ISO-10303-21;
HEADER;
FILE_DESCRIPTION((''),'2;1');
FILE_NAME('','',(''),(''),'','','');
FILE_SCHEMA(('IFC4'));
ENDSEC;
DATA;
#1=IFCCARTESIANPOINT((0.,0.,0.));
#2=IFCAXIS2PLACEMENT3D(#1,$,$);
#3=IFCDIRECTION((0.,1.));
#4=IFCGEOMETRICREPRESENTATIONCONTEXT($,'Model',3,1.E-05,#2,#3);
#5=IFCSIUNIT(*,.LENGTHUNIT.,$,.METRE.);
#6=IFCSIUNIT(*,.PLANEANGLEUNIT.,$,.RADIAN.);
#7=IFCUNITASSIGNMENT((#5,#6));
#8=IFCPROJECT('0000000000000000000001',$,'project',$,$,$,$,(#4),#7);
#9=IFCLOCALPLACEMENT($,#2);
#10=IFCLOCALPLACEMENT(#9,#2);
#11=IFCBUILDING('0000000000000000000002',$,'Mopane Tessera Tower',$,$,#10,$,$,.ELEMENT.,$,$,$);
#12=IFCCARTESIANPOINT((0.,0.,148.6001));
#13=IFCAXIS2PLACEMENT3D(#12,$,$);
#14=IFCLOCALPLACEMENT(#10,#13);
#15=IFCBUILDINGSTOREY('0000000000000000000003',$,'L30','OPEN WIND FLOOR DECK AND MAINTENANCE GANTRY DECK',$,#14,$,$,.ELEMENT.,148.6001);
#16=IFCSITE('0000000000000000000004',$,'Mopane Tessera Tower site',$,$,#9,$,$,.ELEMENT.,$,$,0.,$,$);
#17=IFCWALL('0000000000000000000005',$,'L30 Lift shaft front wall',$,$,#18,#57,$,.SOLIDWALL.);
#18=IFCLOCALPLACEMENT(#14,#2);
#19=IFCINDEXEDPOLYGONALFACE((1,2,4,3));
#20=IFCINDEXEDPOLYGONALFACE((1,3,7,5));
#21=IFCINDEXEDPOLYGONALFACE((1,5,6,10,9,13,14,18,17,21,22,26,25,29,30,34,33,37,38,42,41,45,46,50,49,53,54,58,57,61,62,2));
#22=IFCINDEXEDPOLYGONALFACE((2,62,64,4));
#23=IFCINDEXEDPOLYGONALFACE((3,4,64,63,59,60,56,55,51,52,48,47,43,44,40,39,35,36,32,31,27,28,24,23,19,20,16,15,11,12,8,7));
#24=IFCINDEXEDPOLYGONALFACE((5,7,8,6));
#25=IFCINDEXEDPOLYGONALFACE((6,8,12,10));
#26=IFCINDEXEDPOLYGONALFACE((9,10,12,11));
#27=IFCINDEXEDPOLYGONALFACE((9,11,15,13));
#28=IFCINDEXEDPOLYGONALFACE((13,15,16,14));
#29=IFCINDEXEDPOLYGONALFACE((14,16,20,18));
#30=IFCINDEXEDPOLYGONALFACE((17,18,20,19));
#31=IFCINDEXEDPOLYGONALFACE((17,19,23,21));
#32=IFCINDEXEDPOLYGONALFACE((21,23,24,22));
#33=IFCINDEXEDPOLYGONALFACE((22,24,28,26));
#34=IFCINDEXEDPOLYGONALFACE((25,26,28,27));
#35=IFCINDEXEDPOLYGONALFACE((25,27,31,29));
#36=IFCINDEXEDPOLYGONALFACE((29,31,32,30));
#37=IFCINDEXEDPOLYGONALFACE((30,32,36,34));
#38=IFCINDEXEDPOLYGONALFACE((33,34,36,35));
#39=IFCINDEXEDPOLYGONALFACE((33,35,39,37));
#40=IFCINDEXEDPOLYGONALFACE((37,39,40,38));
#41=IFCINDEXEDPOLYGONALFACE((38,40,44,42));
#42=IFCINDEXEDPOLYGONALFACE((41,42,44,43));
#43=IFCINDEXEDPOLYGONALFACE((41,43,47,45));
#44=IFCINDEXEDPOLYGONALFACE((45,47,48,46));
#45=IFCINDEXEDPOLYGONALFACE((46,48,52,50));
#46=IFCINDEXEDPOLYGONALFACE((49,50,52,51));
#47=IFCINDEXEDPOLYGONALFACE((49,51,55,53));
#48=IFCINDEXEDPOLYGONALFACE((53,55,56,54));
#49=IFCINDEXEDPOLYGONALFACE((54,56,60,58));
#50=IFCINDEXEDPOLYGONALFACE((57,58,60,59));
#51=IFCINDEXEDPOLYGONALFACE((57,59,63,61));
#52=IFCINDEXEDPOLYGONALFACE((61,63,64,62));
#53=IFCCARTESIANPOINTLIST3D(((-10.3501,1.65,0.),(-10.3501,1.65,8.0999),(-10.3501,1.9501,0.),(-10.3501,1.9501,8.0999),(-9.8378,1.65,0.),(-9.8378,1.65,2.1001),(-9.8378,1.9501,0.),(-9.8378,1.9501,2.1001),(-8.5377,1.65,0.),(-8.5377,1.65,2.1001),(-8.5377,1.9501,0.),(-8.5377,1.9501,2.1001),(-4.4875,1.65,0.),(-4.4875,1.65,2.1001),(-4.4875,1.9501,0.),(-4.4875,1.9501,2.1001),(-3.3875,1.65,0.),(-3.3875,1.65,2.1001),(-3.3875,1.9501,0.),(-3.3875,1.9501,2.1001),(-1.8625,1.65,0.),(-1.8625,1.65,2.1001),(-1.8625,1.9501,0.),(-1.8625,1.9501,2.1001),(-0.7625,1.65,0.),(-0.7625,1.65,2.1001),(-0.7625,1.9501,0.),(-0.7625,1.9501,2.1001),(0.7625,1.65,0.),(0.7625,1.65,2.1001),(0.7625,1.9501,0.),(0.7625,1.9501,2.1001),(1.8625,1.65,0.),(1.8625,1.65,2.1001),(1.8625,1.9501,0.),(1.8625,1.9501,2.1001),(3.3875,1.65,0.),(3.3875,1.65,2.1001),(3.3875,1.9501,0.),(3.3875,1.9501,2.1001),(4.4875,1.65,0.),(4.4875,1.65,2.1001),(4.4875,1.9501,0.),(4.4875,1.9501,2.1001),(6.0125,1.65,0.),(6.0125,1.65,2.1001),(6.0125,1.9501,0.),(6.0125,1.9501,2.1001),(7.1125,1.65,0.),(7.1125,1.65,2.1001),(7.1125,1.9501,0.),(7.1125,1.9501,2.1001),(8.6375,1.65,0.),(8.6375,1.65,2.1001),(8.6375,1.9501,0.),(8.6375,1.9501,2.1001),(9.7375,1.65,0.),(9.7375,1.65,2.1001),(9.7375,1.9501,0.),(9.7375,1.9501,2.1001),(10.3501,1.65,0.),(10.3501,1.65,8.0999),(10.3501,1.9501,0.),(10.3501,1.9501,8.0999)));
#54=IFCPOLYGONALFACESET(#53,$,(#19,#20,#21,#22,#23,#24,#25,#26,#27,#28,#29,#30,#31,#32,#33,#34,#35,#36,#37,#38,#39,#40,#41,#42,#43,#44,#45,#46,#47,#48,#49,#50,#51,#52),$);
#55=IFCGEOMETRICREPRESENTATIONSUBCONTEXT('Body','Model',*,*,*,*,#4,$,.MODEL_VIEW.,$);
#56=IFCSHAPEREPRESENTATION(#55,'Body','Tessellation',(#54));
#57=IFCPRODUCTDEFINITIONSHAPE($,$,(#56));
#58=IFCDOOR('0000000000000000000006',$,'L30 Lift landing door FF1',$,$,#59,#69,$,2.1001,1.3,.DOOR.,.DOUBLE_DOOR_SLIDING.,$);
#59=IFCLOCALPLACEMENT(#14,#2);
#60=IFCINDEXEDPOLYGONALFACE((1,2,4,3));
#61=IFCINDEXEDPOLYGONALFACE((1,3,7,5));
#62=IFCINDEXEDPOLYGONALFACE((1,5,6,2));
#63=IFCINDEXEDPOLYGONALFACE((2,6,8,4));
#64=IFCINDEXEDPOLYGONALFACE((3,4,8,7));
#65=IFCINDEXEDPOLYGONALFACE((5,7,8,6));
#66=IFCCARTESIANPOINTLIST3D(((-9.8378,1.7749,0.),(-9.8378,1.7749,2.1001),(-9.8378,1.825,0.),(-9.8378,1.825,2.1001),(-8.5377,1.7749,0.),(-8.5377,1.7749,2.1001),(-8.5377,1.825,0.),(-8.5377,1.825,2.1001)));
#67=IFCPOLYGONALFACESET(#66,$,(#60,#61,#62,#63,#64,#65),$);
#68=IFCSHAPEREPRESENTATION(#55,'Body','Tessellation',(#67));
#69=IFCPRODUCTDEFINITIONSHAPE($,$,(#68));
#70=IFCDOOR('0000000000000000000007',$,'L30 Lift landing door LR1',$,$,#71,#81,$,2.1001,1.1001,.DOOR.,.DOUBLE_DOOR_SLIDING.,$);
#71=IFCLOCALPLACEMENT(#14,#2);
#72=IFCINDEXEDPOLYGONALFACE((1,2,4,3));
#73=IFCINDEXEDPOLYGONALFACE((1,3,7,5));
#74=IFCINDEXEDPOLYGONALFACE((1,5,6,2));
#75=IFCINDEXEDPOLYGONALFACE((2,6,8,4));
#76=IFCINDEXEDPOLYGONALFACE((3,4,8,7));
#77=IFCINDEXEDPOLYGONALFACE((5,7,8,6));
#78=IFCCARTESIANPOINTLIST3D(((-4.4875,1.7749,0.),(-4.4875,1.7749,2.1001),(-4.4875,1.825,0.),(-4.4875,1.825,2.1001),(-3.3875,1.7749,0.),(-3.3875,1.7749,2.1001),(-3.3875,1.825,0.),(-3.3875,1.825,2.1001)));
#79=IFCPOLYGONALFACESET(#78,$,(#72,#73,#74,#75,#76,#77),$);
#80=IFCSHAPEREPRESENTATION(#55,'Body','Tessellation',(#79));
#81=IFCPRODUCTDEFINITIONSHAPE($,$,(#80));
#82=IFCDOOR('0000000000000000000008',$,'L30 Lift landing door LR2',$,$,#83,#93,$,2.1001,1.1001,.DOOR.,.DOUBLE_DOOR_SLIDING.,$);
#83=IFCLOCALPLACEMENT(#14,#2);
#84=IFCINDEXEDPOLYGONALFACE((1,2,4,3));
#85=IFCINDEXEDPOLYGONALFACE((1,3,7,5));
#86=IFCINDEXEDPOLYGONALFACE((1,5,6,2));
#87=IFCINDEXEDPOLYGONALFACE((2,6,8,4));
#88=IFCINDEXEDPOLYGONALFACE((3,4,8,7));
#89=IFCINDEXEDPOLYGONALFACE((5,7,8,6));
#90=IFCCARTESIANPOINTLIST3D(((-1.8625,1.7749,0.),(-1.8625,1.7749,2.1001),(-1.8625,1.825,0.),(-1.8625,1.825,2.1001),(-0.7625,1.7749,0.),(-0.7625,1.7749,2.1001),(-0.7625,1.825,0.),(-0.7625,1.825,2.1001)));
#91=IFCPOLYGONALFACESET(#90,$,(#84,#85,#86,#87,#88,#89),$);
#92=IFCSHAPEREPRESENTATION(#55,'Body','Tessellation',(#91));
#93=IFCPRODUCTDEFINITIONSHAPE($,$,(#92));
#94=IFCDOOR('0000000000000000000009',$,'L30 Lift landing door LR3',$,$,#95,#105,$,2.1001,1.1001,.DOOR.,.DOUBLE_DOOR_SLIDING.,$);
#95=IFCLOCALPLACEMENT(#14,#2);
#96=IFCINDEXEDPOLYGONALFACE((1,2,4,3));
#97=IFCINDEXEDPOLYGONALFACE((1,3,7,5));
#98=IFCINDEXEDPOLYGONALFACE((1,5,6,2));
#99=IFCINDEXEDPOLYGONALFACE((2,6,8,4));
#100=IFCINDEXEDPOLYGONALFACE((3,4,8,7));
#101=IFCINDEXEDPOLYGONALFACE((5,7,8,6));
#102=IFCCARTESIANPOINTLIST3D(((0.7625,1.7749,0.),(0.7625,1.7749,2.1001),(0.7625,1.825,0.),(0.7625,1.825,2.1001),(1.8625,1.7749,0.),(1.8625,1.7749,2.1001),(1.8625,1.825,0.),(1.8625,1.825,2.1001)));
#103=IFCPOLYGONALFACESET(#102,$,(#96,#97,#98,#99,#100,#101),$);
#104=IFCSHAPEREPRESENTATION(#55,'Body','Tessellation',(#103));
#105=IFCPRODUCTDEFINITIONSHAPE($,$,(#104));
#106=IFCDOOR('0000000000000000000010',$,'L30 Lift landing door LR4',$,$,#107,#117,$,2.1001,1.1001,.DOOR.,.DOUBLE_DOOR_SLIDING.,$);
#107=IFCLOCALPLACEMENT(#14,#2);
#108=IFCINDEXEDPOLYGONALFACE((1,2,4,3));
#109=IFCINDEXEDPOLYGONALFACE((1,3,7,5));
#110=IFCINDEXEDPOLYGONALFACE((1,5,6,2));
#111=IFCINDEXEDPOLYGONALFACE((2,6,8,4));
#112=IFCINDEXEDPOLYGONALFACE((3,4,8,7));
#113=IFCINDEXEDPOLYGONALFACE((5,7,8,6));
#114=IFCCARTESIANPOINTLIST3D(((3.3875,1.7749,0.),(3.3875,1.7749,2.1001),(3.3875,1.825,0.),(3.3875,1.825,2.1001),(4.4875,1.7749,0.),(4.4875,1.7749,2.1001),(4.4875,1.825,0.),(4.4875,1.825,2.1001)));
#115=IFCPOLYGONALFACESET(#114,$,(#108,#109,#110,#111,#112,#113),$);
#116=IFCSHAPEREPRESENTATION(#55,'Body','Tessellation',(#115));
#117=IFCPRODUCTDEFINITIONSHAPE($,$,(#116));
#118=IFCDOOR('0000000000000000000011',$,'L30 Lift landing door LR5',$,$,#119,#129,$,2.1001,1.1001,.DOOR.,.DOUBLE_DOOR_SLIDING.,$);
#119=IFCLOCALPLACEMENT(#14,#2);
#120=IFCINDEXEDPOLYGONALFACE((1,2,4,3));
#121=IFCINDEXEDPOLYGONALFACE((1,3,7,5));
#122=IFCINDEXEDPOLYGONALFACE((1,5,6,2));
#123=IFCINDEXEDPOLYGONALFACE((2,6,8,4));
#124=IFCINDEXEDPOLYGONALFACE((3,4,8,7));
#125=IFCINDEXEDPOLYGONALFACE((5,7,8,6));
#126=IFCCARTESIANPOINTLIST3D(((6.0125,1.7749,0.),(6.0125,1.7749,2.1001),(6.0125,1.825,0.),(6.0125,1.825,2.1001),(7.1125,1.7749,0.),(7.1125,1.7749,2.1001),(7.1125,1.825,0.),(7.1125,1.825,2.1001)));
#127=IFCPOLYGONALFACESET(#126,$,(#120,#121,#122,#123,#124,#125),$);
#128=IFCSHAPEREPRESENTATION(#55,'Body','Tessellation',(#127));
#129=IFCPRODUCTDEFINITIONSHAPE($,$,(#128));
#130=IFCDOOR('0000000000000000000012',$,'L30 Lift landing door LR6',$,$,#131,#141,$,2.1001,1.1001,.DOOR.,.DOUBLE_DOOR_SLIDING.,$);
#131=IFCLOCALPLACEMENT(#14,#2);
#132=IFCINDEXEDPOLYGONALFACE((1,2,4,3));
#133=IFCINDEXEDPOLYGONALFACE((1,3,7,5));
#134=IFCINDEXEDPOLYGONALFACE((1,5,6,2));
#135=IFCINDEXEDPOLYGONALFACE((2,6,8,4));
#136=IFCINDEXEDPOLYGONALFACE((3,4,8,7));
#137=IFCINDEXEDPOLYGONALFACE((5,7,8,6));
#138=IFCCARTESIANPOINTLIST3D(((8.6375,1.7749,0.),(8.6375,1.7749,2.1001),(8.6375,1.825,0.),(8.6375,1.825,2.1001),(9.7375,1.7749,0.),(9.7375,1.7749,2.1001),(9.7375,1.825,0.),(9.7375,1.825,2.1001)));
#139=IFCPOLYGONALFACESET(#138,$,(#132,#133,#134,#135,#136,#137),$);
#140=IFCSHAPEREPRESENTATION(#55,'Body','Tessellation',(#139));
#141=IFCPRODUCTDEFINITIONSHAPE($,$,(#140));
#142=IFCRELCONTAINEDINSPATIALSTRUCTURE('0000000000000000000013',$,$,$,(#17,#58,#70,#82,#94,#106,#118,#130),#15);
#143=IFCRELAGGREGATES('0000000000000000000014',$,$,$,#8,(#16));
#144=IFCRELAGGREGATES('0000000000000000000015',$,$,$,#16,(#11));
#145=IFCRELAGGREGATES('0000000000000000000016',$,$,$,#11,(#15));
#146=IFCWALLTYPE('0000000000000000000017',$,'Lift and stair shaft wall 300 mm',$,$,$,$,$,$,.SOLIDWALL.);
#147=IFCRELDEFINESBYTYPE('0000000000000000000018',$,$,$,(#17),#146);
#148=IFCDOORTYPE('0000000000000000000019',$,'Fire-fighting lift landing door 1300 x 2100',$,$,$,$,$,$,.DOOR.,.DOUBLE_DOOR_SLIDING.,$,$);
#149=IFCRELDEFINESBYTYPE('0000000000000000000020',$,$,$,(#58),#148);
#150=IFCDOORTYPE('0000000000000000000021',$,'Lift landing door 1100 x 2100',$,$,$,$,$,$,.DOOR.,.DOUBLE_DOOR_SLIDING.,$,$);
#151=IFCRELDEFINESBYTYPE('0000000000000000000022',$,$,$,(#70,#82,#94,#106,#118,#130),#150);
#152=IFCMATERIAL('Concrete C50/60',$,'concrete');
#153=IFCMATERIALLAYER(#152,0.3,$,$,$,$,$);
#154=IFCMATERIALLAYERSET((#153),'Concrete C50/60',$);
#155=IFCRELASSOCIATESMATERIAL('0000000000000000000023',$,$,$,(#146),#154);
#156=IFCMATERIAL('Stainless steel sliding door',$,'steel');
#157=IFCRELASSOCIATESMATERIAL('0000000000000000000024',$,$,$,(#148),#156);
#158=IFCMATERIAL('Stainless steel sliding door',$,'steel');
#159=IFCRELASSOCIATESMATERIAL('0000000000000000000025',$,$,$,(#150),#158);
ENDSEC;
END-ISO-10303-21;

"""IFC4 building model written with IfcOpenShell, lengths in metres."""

from ifc_helpers import new_model, si_unit, direction, frame, frame_2d, origin, place, context, subcontext, project, spatial, rectangle, extrude, material, layer, layer_set, type_object, element, fill, save


model = new_model("IFC4")

# Units and contexts
model_context = context("Model", 3, precision=1e-05, world=origin(), true_north=direction((0.0, 1.0)))
body_context = subcontext(model_context, "Body", "Model", "MODEL_VIEW")
ifc_project = project(units=[si_unit("LENGTHUNIT", "METRE"), si_unit("PLANEANGLEUNIT", "RADIAN")], contexts=[model_context])

# Site, building, storey
site_placement = place(None, origin())
site = spatial("IfcSite", under=ifc_project, at=site_placement, Name="Mopane Tessera Tower site", CompositionType="ELEMENT", RefElevation=0.0)
building_placement = place(site_placement, origin())
building = spatial("IfcBuilding", under=site, at=building_placement, Name="Mopane Tessera Tower", CompositionType="ELEMENT")
storey_placement = place(building_placement, frame((0.0, 0.0, 148.6001)))
storey = spatial("IfcBuildingStorey", under=building, at=storey_placement, Name="L30", Description="OPEN WIND FLOOR DECK AND MAINTENANCE GANTRY DECK", CompositionType="ELEMENT", Elevation=148.6001)

# Wall, openings, doors
ifc_material_1 = material(Name="Concrete C50/60", Category="concrete")
ifc_layer_1 = layer(ifc_material_1, 0.3)
ifc_layer_set_1 = layer_set([ifc_layer_1], Name="Concrete C50/60")
wall_type_1 = type_object("IfcWallType", Name="Lift and stair shaft wall 300 mm", PredefinedType="SOLIDWALL", material=ifc_layer_set_1)
wall_1_placement = place(storey_placement, frame((-10.3501, 1.8, 0.0), z_axis=(0.0, 0.0, 1.0), x_axis=(1.0, 0.0, 0.0)))
wall_1 = element("IfcWall", 1, at=wall_1_placement, inside=storey, type_object=wall_type_1, Name="L30 Lift shaft front wall", PredefinedType="SOLIDWALL", context=body_context, shape_type="SweptSolid", body=[
    extrude(rectangle(XDim=20.7002, YDim=0.3, at=frame_2d((10.3501, 0.0))), origin(), (0.0, 0.0, 1.0), 8.0999),
])
opening_1_placement = place(wall_1_placement, frame((0.5125, 0.0, 0.0)))
opening_1 = element("IfcOpeningElement", 2, at=opening_1_placement, cuts=wall_1, PredefinedType="OPENING", context=body_context, shape_type="SweptSolid", body=[
    extrude(rectangle(XDim=1.3, YDim=2.1001, at=frame_2d((0.6499, 1.05))), frame((0.0, 0.1621, 0.0), z_axis=(0.0, -1.0, 0.0), x_axis=(1.0, 0.0, 0.0)), (0.0, 0.0, 1.0), 0.324),
])
opening_2_placement = place(wall_1_placement, frame((5.8625, 0.0, 0.0)))
opening_2 = element("IfcOpeningElement", 3, at=opening_2_placement, cuts=wall_1, PredefinedType="OPENING", context=body_context, shape_type="SweptSolid", body=[
    extrude(rectangle(XDim=1.1001, YDim=2.1001, at=frame_2d((0.55, 1.05))), frame((0.0, 0.1621, 0.0), z_axis=(0.0, -1.0, 0.0), x_axis=(1.0, 0.0, 0.0)), (0.0, 0.0, 1.0), 0.324),
])
opening_3_placement = place(wall_1_placement, frame((8.4875, 0.0, 0.0)))
opening_3 = element("IfcOpeningElement", 4, at=opening_3_placement, cuts=wall_1, PredefinedType="OPENING", context=body_context, shape_type="SweptSolid", body=[
    extrude(rectangle(XDim=1.1001, YDim=2.1001, at=frame_2d((0.55, 1.05))), frame((0.0, 0.1621, 0.0), z_axis=(0.0, -1.0, 0.0), x_axis=(1.0, 0.0, 0.0)), (0.0, 0.0, 1.0), 0.324),
])
opening_4_placement = place(wall_1_placement, frame((11.1125, 0.0, 0.0)))
opening_4 = element("IfcOpeningElement", 5, at=opening_4_placement, cuts=wall_1, PredefinedType="OPENING", context=body_context, shape_type="SweptSolid", body=[
    extrude(rectangle(XDim=1.1001, YDim=2.1001, at=frame_2d((0.55, 1.05))), frame((0.0, 0.1621, 0.0), z_axis=(0.0, -1.0, 0.0), x_axis=(1.0, 0.0, 0.0)), (0.0, 0.0, 1.0), 0.324),
])
opening_5_placement = place(wall_1_placement, frame((13.7375, 0.0, 0.0)))
opening_5 = element("IfcOpeningElement", 6, at=opening_5_placement, cuts=wall_1, PredefinedType="OPENING", context=body_context, shape_type="SweptSolid", body=[
    extrude(rectangle(XDim=1.1001, YDim=2.1001, at=frame_2d((0.55, 1.05))), frame((0.0, 0.1621, 0.0), z_axis=(0.0, -1.0, 0.0), x_axis=(1.0, 0.0, 0.0)), (0.0, 0.0, 1.0), 0.324),
])
opening_6_placement = place(wall_1_placement, frame((16.3625, 0.0, 0.0)))
opening_6 = element("IfcOpeningElement", 7, at=opening_6_placement, cuts=wall_1, PredefinedType="OPENING", context=body_context, shape_type="SweptSolid", body=[
    extrude(rectangle(XDim=1.1001, YDim=2.1001, at=frame_2d((0.55, 1.05))), frame((0.0, 0.1621, 0.0), z_axis=(0.0, -1.0, 0.0), x_axis=(1.0, 0.0, 0.0)), (0.0, 0.0, 1.0), 0.324),
])
opening_7_placement = place(wall_1_placement, frame((18.9875, 0.0, 0.0)))
opening_7 = element("IfcOpeningElement", 8, at=opening_7_placement, cuts=wall_1, PredefinedType="OPENING", context=body_context, shape_type="SweptSolid", body=[
    extrude(rectangle(XDim=1.1001, YDim=2.1001, at=frame_2d((0.55, 1.05))), frame((0.0, 0.1621, 0.0), z_axis=(0.0, -1.0, 0.0), x_axis=(1.0, 0.0, 0.0)), (0.0, 0.0, 1.0), 0.324),
])
ifc_material_2 = material(Name="Stainless steel sliding door", Category="steel")
door_type_1 = type_object("IfcDoorType", Name="Fire-fighting lift landing door 1300 x 2100", OperationType="DOUBLE_DOOR_SLIDING", PredefinedType="DOOR", material=ifc_material_2)
door_1_placement = place(opening_1_placement, origin())
door_1 = element("IfcDoor", 9, at=door_1_placement, inside=storey, type_object=door_type_1, Name="L30 Lift landing door FF1", OperationType="DOUBLE_DOOR_SLIDING", OverallHeight=2.1001, OverallWidth=1.3, PredefinedType="DOOR", context=body_context, shape_type="SweptSolid", body=[
    extrude(rectangle(XDim=1.3, YDim=2.1001, at=frame_2d((0.6499, 1.05))), frame((0.0, 0.0249, 0.0), z_axis=(0.0, -1.0, 0.0), x_axis=(1.0, 0.0, 0.0)), (0.0, 0.0, 1.0), 0.05),
])
fill(opening_1, door_1)
ifc_material_3 = material(Name="Stainless steel sliding door", Category="steel")
door_type_2 = type_object("IfcDoorType", Name="Lift landing door 1100 x 2100", OperationType="DOUBLE_DOOR_SLIDING", PredefinedType="DOOR", material=ifc_material_3)
door_2_placement = place(opening_2_placement, origin())
door_2 = element("IfcDoor", 10, at=door_2_placement, inside=storey, type_object=door_type_2, Name="L30 Lift landing door LR1", OperationType="DOUBLE_DOOR_SLIDING", OverallHeight=2.1001, OverallWidth=1.1001, PredefinedType="DOOR", context=body_context, shape_type="SweptSolid", body=[
    extrude(rectangle(XDim=1.1001, YDim=2.1001, at=frame_2d((0.55, 1.05))), frame((0.0, 0.0249, 0.0), z_axis=(0.0, -1.0, 0.0), x_axis=(1.0, 0.0, 0.0)), (0.0, 0.0, 1.0), 0.05),
])
fill(opening_2, door_2)
door_3_placement = place(opening_3_placement, origin())
door_3 = element("IfcDoor", 11, at=door_3_placement, inside=storey, type_object=door_type_2, Name="L30 Lift landing door LR2", OperationType="DOUBLE_DOOR_SLIDING", OverallHeight=2.1001, OverallWidth=1.1001, PredefinedType="DOOR", context=body_context, shape_type="SweptSolid", body=[
    extrude(rectangle(XDim=1.1001, YDim=2.1001, at=frame_2d((0.55, 1.05))), frame((0.0, 0.0249, 0.0), z_axis=(0.0, -1.0, 0.0), x_axis=(1.0, 0.0, 0.0)), (0.0, 0.0, 1.0), 0.05),
])
fill(opening_3, door_3)
door_4_placement = place(opening_4_placement, origin())
door_4 = element("IfcDoor", 12, at=door_4_placement, inside=storey, type_object=door_type_2, Name="L30 Lift landing door LR3", OperationType="DOUBLE_DOOR_SLIDING", OverallHeight=2.1001, OverallWidth=1.1001, PredefinedType="DOOR", context=body_context, shape_type="SweptSolid", body=[
    extrude(rectangle(XDim=1.1001, YDim=2.1001, at=frame_2d((0.55, 1.05))), frame((0.0, 0.0249, 0.0), z_axis=(0.0, -1.0, 0.0), x_axis=(1.0, 0.0, 0.0)), (0.0, 0.0, 1.0), 0.05),
])
fill(opening_4, door_4)
door_5_placement = place(opening_5_placement, origin())
door_5 = element("IfcDoor", 13, at=door_5_placement, inside=storey, type_object=door_type_2, Name="L30 Lift landing door LR4", OperationType="DOUBLE_DOOR_SLIDING", OverallHeight=2.1001, OverallWidth=1.1001, PredefinedType="DOOR", context=body_context, shape_type="SweptSolid", body=[
    extrude(rectangle(XDim=1.1001, YDim=2.1001, at=frame_2d((0.55, 1.05))), frame((0.0, 0.0249, 0.0), z_axis=(0.0, -1.0, 0.0), x_axis=(1.0, 0.0, 0.0)), (0.0, 0.0, 1.0), 0.05),
])
fill(opening_5, door_5)
door_6_placement = place(opening_6_placement, origin())
door_6 = element("IfcDoor", 14, at=door_6_placement, inside=storey, type_object=door_type_2, Name="L30 Lift landing door LR5", OperationType="DOUBLE_DOOR_SLIDING", OverallHeight=2.1001, OverallWidth=1.1001, PredefinedType="DOOR", context=body_context, shape_type="SweptSolid", body=[
    extrude(rectangle(XDim=1.1001, YDim=2.1001, at=frame_2d((0.55, 1.05))), frame((0.0, 0.0249, 0.0), z_axis=(0.0, -1.0, 0.0), x_axis=(1.0, 0.0, 0.0)), (0.0, 0.0, 1.0), 0.05),
])
fill(opening_6, door_6)
door_7_placement = place(opening_7_placement, origin())
door_7 = element("IfcDoor", 15, at=door_7_placement, inside=storey, type_object=door_type_2, Name="L30 Lift landing door LR6", OperationType="DOUBLE_DOOR_SLIDING", OverallHeight=2.1001, OverallWidth=1.1001, PredefinedType="DOOR", context=body_context, shape_type="SweptSolid", body=[
    extrude(rectangle(XDim=1.1001, YDim=2.1001, at=frame_2d((0.55, 1.05))), frame((0.0, 0.0249, 0.0), z_axis=(0.0, -1.0, 0.0), x_axis=(1.0, 0.0, 0.0)), (0.0, 0.0, 1.0), 0.05),
])
fill(opening_7, door_7)

save(model, "model.ifc")
